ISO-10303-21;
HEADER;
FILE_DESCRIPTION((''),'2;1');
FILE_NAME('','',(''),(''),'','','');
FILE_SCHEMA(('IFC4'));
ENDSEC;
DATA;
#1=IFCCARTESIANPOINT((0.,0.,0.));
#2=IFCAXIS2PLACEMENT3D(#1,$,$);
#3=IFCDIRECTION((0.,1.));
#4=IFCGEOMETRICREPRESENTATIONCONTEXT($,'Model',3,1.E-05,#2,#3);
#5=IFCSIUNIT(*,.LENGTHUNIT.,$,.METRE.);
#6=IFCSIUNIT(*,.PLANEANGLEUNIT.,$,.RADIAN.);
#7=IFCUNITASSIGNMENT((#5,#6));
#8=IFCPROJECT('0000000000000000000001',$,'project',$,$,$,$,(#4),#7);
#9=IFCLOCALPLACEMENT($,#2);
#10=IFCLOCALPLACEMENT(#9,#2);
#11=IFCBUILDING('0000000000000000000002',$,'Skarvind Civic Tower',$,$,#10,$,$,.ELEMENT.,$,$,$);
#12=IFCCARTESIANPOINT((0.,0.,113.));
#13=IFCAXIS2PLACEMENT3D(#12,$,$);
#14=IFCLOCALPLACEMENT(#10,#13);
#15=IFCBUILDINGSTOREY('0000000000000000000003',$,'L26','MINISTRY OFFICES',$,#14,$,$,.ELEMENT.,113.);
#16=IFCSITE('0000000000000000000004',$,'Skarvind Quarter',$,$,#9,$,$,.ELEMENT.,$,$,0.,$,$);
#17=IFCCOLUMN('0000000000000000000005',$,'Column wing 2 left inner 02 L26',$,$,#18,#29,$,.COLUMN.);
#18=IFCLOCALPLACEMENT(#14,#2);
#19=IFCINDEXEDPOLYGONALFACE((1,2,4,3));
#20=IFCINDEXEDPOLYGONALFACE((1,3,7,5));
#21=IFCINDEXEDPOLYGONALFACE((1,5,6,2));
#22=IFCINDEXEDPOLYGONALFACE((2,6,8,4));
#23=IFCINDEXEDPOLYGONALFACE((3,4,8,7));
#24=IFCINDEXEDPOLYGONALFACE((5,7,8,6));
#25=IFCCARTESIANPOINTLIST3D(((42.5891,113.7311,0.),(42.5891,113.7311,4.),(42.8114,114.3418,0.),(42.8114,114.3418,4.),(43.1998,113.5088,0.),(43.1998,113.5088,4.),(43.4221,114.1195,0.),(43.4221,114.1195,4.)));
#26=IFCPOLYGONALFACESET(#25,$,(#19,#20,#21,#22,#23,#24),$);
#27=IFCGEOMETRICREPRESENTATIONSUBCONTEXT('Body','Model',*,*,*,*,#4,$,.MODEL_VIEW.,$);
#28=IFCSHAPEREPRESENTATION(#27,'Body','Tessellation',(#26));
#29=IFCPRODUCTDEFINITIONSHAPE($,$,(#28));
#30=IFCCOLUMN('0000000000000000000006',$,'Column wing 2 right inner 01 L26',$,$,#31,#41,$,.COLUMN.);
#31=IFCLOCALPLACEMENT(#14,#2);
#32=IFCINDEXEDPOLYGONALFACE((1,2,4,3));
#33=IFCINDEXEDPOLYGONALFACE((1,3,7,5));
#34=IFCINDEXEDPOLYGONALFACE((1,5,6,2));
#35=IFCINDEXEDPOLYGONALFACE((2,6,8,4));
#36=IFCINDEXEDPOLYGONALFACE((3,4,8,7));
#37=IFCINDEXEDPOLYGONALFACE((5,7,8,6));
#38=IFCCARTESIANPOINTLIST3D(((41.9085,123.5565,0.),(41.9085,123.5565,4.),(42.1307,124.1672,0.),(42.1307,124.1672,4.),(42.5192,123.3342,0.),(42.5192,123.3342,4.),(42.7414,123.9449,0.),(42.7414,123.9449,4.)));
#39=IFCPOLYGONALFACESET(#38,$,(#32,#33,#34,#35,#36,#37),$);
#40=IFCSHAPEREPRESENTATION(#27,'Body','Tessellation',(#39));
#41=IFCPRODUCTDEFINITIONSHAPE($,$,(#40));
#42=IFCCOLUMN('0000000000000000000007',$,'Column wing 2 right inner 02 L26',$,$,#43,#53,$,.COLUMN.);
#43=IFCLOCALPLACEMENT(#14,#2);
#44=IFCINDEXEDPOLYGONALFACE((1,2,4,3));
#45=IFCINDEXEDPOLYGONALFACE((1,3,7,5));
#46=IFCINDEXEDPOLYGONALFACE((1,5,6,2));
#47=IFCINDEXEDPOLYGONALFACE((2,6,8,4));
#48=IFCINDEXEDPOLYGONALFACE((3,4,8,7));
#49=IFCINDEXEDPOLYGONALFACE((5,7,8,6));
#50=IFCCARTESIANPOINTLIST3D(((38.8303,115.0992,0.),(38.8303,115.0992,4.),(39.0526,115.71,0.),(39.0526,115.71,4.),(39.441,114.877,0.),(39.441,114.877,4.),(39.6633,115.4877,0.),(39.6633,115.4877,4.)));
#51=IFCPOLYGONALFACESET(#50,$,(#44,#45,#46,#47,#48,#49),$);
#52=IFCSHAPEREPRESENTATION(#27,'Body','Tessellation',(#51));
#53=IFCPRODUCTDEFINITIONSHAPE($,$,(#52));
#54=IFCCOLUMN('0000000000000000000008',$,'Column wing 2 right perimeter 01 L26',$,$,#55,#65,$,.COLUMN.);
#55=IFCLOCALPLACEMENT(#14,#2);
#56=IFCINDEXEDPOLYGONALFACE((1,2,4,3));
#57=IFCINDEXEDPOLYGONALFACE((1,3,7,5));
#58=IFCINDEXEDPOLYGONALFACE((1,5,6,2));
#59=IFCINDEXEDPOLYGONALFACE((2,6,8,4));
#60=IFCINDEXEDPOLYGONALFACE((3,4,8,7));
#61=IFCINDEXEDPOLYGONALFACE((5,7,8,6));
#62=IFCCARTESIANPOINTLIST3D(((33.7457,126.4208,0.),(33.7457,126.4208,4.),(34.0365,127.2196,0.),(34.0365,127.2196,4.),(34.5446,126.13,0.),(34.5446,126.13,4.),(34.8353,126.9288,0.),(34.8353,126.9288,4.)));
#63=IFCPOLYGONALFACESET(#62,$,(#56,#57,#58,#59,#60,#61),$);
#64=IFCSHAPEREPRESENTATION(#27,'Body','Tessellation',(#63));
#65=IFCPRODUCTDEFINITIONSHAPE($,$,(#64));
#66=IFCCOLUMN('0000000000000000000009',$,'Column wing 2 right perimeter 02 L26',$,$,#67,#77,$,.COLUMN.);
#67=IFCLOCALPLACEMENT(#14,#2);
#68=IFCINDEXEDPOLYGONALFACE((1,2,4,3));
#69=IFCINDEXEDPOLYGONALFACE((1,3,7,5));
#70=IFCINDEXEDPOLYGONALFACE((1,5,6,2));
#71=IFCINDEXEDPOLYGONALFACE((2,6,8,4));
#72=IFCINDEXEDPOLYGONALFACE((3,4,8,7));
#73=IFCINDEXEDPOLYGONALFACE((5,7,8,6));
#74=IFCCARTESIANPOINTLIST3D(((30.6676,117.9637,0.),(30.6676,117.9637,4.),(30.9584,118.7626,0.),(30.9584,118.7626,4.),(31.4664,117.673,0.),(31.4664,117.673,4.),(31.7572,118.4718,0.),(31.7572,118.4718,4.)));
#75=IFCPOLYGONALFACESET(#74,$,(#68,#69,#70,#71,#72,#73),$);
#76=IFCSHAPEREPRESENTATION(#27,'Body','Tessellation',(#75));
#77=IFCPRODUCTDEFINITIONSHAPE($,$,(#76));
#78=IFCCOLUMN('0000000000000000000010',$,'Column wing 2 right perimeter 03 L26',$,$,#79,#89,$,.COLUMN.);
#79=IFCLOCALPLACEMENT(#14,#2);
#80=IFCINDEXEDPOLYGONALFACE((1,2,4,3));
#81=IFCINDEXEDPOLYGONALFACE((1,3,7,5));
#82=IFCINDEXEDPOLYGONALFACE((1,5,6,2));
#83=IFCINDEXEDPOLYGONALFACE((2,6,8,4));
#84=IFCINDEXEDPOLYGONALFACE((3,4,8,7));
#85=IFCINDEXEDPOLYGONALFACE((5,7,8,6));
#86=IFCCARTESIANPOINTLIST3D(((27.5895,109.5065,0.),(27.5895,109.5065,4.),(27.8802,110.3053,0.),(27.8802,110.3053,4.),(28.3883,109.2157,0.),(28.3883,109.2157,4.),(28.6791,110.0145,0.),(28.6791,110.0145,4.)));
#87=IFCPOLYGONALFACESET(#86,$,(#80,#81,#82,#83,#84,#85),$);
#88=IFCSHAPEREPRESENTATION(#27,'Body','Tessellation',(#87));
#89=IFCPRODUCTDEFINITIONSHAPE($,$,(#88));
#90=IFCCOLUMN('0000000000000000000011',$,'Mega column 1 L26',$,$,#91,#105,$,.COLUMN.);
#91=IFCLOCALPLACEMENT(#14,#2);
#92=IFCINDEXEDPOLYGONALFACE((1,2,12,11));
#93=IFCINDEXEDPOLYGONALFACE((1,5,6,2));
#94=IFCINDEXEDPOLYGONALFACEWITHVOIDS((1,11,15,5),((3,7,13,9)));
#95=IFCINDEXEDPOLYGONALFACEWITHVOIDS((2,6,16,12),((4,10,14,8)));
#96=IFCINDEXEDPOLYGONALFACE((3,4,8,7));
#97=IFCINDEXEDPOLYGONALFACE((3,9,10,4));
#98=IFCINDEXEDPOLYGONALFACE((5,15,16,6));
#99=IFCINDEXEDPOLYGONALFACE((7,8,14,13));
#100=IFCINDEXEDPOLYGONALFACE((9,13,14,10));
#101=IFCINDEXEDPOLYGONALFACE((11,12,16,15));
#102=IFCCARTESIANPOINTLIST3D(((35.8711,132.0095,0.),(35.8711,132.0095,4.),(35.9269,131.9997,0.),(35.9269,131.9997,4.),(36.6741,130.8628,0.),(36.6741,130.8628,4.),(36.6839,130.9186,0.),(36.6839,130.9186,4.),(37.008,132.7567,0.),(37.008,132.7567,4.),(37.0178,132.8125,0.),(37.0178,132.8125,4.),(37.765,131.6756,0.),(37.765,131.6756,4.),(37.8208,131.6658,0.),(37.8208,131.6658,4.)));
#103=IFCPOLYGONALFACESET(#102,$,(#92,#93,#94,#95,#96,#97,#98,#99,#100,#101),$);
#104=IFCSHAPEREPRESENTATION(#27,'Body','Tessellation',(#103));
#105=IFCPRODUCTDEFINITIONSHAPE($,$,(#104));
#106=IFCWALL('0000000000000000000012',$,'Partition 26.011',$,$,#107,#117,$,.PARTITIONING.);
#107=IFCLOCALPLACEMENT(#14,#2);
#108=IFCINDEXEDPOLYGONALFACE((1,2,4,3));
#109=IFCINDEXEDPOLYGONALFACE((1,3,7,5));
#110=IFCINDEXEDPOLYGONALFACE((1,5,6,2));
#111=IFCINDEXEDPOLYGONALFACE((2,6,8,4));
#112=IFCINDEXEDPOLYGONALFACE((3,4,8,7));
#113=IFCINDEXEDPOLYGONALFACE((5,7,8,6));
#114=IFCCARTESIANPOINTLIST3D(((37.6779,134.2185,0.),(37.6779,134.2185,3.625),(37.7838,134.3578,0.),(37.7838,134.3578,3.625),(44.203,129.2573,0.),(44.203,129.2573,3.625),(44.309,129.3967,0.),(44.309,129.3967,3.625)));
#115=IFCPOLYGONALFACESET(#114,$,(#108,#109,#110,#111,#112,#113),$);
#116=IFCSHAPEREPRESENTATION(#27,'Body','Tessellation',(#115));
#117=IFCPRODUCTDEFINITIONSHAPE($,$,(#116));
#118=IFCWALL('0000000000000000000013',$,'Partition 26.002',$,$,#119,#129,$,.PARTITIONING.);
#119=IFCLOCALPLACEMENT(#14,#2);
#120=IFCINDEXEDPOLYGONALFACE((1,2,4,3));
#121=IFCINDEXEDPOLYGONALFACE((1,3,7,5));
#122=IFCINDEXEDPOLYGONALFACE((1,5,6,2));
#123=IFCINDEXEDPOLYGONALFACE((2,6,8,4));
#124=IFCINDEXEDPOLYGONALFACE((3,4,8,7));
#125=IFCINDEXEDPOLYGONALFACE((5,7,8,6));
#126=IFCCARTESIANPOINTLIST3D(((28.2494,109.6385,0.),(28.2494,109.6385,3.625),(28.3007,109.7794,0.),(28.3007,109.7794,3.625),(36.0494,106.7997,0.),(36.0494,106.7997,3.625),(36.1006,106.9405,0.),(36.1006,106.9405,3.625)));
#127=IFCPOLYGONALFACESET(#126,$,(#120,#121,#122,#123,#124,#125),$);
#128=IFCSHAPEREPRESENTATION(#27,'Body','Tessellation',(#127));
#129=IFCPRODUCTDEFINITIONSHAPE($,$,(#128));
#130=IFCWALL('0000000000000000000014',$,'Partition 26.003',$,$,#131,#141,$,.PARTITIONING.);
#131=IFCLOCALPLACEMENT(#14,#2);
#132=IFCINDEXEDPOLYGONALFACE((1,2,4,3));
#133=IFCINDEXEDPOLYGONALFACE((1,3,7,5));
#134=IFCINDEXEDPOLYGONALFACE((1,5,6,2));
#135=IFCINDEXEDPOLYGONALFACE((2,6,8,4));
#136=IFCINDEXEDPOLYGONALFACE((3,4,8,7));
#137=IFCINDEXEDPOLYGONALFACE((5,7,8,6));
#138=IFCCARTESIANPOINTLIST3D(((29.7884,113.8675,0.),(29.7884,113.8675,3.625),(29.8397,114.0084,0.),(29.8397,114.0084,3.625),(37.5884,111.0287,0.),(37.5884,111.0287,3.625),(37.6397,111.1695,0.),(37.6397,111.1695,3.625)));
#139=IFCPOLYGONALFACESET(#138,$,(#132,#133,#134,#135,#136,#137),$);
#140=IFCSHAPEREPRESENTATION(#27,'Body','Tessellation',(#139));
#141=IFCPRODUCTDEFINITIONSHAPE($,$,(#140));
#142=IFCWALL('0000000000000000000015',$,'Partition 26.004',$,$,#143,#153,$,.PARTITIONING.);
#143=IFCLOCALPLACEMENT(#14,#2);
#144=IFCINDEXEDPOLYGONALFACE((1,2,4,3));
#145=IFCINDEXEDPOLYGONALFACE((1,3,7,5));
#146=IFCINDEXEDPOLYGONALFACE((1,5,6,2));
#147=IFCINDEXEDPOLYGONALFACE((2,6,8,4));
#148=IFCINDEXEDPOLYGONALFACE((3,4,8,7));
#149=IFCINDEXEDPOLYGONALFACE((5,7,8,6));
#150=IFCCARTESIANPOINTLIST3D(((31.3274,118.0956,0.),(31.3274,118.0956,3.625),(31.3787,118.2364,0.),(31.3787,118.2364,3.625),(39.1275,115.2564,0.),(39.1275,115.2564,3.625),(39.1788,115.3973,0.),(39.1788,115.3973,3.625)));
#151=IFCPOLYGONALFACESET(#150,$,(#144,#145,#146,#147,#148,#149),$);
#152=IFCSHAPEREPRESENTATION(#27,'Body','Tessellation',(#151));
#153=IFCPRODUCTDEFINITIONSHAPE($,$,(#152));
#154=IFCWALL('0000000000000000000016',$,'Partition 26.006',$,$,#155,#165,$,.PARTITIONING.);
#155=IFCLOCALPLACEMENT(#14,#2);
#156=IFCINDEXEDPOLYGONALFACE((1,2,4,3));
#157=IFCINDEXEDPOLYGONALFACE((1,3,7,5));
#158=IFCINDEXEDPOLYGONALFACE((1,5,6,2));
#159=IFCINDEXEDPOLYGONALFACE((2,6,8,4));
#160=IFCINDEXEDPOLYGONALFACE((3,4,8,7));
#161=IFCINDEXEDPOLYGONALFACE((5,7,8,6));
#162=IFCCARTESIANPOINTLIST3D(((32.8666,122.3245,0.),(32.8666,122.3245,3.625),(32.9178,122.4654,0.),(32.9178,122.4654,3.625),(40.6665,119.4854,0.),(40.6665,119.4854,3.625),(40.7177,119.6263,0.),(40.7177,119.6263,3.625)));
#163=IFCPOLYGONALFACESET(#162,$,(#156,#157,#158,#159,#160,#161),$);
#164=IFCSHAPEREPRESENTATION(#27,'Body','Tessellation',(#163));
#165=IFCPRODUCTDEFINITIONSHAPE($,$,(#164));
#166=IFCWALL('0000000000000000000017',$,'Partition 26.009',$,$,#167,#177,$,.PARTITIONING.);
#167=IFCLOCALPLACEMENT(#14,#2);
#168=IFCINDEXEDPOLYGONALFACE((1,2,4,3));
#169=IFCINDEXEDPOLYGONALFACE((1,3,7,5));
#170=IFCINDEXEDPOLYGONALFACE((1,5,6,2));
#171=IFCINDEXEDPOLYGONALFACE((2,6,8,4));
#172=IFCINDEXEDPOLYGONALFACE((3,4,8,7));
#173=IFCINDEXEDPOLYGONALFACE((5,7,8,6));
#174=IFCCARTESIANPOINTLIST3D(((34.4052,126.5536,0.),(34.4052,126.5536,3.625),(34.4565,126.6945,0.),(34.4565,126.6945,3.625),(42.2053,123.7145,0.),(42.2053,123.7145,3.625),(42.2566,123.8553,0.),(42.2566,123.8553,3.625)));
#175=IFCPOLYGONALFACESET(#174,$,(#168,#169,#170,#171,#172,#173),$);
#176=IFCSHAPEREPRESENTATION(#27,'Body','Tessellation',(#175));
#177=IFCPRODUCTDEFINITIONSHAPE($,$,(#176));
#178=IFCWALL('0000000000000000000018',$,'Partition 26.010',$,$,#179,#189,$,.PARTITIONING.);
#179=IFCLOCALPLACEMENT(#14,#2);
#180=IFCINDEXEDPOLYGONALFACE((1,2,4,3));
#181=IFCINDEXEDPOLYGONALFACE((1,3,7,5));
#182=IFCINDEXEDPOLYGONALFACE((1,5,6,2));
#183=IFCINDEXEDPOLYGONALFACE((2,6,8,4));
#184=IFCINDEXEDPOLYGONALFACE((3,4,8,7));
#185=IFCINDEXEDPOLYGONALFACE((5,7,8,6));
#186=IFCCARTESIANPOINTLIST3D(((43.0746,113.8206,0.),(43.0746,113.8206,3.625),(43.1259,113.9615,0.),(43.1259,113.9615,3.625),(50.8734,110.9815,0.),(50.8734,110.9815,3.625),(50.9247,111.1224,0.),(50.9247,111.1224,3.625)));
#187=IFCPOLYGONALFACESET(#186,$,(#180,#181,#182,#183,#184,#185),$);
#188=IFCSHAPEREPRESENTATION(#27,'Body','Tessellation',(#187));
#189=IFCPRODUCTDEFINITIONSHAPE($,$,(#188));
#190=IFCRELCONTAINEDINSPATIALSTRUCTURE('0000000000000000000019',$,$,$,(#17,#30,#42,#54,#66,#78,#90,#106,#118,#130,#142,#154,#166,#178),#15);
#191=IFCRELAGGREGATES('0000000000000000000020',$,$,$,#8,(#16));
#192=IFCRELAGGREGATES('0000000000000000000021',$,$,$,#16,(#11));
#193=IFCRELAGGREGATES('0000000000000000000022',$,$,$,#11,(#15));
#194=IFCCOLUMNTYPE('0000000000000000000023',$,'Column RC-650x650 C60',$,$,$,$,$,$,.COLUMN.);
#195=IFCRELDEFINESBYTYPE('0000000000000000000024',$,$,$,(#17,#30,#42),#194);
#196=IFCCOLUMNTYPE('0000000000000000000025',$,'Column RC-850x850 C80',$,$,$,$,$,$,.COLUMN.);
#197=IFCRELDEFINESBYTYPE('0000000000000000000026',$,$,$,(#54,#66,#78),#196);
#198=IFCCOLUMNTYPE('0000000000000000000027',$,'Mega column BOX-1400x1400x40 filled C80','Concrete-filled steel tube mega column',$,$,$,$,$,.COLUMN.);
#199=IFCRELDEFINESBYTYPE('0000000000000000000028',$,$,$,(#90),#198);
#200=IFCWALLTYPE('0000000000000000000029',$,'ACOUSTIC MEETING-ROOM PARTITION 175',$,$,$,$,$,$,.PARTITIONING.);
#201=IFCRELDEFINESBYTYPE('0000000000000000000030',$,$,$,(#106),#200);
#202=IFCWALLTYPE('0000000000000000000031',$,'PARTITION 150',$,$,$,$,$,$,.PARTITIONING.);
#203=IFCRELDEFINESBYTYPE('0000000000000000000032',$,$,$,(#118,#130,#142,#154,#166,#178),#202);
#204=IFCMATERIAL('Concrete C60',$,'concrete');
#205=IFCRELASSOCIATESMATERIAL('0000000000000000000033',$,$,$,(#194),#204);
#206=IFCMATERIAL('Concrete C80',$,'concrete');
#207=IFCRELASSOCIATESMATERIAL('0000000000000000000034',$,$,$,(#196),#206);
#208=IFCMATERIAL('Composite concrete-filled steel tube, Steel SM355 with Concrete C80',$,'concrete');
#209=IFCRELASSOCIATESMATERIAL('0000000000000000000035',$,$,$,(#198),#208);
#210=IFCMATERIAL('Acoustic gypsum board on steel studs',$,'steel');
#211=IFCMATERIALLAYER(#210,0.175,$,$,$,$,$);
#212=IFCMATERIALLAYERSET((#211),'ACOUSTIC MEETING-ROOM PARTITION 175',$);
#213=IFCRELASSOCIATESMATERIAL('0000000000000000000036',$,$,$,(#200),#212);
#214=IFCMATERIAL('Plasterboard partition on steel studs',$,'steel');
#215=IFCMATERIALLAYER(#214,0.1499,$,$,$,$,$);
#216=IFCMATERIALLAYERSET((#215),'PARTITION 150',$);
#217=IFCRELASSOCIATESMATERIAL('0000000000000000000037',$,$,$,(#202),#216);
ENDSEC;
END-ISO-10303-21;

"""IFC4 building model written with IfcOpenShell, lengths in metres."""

from ifc_helpers import new_model, si_unit, direction, frame, frame_2d, origin, origin_2d, place, context, subcontext, project, spatial, rectangle, hollow_rectangle, extrude, material, layer, layer_set, material_profile, profile_set, type_object, element, save


model = new_model("IFC4")

# Units and contexts
model_context = context("Model", 3, precision=1e-05, world=origin(), true_north=direction((0.0, 1.0)))
body_context = subcontext(model_context, "Body", "Model", "MODEL_VIEW")
ifc_project = project(units=[si_unit("LENGTHUNIT", "METRE"), si_unit("PLANEANGLEUNIT", "RADIAN")], contexts=[model_context])

# Site, building, storey
site_placement = place(None, origin())
site = spatial("IfcSite", under=ifc_project, at=site_placement, Name="Skarvind Quarter", CompositionType="ELEMENT", RefElevation=0.0)
building_placement = place(site_placement, origin())
building = spatial("IfcBuilding", under=site, at=building_placement, Name="Skarvind Civic Tower", CompositionType="ELEMENT")
storey_placement = place(building_placement, frame((0.0, 0.0, 113.0)))
storey = spatial("IfcBuildingStorey", under=building, at=storey_placement, Name="L26", Description="MINISTRY OFFICES", CompositionType="ELEMENT", Elevation=113.0)

# Columns
ifc_material_1 = material(Name="Concrete C60", Category="concrete")
ifc_material_profile_1 = material_profile(ifc_material_1, rectangle(XDim=0.6499, YDim=0.6499, at=origin_2d()), Name="RC-650x650")
ifc_profile_set_1 = profile_set([ifc_material_profile_1], Name="Concrete C60")
column_type_1 = type_object("IfcColumnType", Name="Column RC-650x650 C60", PredefinedType="COLUMN", material=ifc_profile_set_1)
for number, where, z_axis, x_axis, name in (
    (1, (43.0056, 113.9253, 0.0), (0.0, 0.0, 1.0), (-0.34202, -0.939693, 0.0), "Column wing 2 left inner 02 L26"),
    (2, (42.325, 123.7507, 0.0), (0.0, 0.0, 1.0), (-0.34202, -0.939693, 0.0), "Column wing 2 right inner 01 L26"),
    (3, (39.2468, 115.2935, 0.0), (0.0, 0.0, 1.0), (-0.34202, -0.939693, 0.0), "Column wing 2 right inner 02 L26"),
):
    element("IfcColumn", number, at=place(storey_placement, frame(where, z_axis=z_axis, x_axis=x_axis)), inside=storey, type_object=column_type_1, Name=name, PredefinedType="COLUMN", context=body_context, shape_type="SweptSolid", body=[
        extrude(rectangle(XDim=0.6499, YDim=0.6499, at=origin_2d()), origin(), (0.0, 0.0, 1.0), 4.0),
    ])
ifc_material_2 = material(Name="Concrete C80", Category="concrete")
ifc_material_profile_2 = material_profile(ifc_material_2, rectangle(XDim=0.8501, YDim=0.8501, at=origin_2d()), Name="RC-850x850")
ifc_profile_set_2 = profile_set([ifc_material_profile_2], Name="Concrete C80")
column_type_2 = type_object("IfcColumnType", Name="Column RC-850x850 C80", PredefinedType="COLUMN", material=ifc_profile_set_2)
for number, where, z_axis, x_axis, name in (
    (4, (34.2905, 126.6748, 0.0), (0.0, 0.0, 1.0), (-0.34202, -0.939693, 0.0), "Column wing 2 right perimeter 01 L26"),
    (5, (31.2124, 118.2178, 0.0), (0.0, 0.0, 1.0), (-0.34202, -0.939693, 0.0), "Column wing 2 right perimeter 02 L26"),
    (6, (28.1343, 109.7605, 0.0), (0.0, 0.0, 1.0), (-0.34202, -0.939693, 0.0), "Column wing 2 right perimeter 03 L26"),
):
    element("IfcColumn", number, at=place(storey_placement, frame(where, z_axis=z_axis, x_axis=x_axis)), inside=storey, type_object=column_type_2, Name=name, PredefinedType="COLUMN", context=body_context, shape_type="SweptSolid", body=[
        extrude(rectangle(XDim=0.8501, YDim=0.8501, at=origin_2d()), origin(), (0.0, 0.0, 1.0), 4.0),
    ])
ifc_material_3 = material(Name="Composite concrete-filled steel tube, Steel SM355 with Concrete C80", Category="concrete")
ifc_material_profile_3 = material_profile(ifc_material_3, hollow_rectangle(XDim=1.3999, YDim=1.3999, WallThickness=0.04, at=origin_2d()), Name="BOX-1400x1400x40")
ifc_profile_set_3 = profile_set([ifc_material_profile_3], Name="Composite concrete-filled steel tube, Steel SM355 with Concrete C80")
column_type_3 = type_object("IfcColumnType", Name="Mega column BOX-1400x1400x40 filled C80", Description="Concrete-filled steel tube mega column", PredefinedType="COLUMN", material=ifc_profile_set_3)
column_placement = place(storey_placement, frame((36.8459, 131.8376, 0.0), z_axis=(0.0, 0.0, 1.0), x_axis=(0.573576, -0.819152, 0.0)))
element("IfcColumn", 7, at=column_placement, inside=storey, type_object=column_type_3, Name="Mega column 1 L26", PredefinedType="COLUMN", context=body_context, shape_type="SweptSolid", body=[
    extrude(hollow_rectangle(XDim=1.3999, YDim=1.3999, WallThickness=0.04, at=origin_2d()), origin(), (0.0, 0.0, 1.0), 4.0),
])

# Walls
ifc_material_4 = material(Name="Acoustic gypsum board on steel studs", Category="steel")
ifc_layer_1 = layer(ifc_material_4, 0.175)
ifc_layer_set_1 = layer_set([ifc_layer_1], Name="ACOUSTIC MEETING-ROOM PARTITION 175")
wall_type_1 = type_object("IfcWallType", Name="ACOUSTIC MEETING-ROOM PARTITION 175", PredefinedType="PARTITIONING", material=ifc_layer_set_1)
wall_1_placement = place(storey_placement, frame((44.2561, 129.3269, 0.0), z_axis=(0.0, 0.0, 1.0), x_axis=(-0.796041, 0.605243, 0.0)))
element("IfcWall", 8, at=wall_1_placement, inside=storey, type_object=wall_type_1, Name="Partition 26.011", PredefinedType="PARTITIONING", context=body_context, shape_type="SweptSolid", body=[
    extrude(rectangle(XDim=8.197, YDim=0.175, at=frame_2d((4.0986, 0.0))), origin(), (0.0, 0.0, 1.0), 3.625),
])
ifc_material_5 = material(Name="Plasterboard partition on steel studs", Category="steel")
ifc_layer_2 = layer(ifc_material_5, 0.1499)
ifc_layer_set_2 = layer_set([ifc_layer_2], Name="PARTITION 150")
wall_type_2 = type_object("IfcWallType", Name="PARTITION 150", PredefinedType="PARTITIONING", material=ifc_layer_set_2)
for number, where, z_axis, x_axis, name in (
    (9, (28.2749, 109.709, 0.0), (0.0, 0.0, 1.0), (0.939697, -0.342008, 0.0), "Partition 26.002"),
    (10, (29.814, 113.938, 0.0), (0.0, 0.0, 1.0), (0.939697, -0.342008, 0.0), "Partition 26.003"),
):
    element("IfcWall", number, at=place(storey_placement, frame(where, z_axis=z_axis, x_axis=x_axis)), inside=storey, type_object=wall_type_2, Name=name, PredefinedType="PARTITIONING", context=body_context, shape_type="SweptSolid", body=[
        extrude(rectangle(XDim=8.3005, YDim=0.1499, at=frame_2d((4.1504, 0.0))), origin(), (0.0, 0.0, 1.0), 3.625),
    ])
wall_2_placement = place(storey_placement, frame((31.353, 118.166, 0.0), z_axis=(0.0, 0.0, 1.0), x_axis=(0.939688, -0.342034, 0.0)))
element("IfcWall", 11, at=wall_2_placement, inside=storey, type_object=wall_type_2, Name="Partition 26.004", PredefinedType="PARTITIONING", context=body_context, shape_type="SweptSolid", body=[
    extrude(rectangle(XDim=8.3008, YDim=0.1499, at=frame_2d((4.1504, 0.0))), origin(), (0.0, 0.0, 1.0), 3.625),
])
wall_3_placement = place(storey_placement, frame((32.8921, 122.395, 0.0), z_axis=(0.0, 0.0, 1.0), x_axis=(0.939684, -0.342043, 0.0)))
element("IfcWall", 12, at=wall_3_placement, inside=storey, type_object=wall_type_2, Name="Partition 26.006", PredefinedType="PARTITIONING", context=body_context, shape_type="SweptSolid", body=[
    extrude(rectangle(XDim=8.3005, YDim=0.1499, at=frame_2d((4.1504, 0.0))), origin(), (0.0, 0.0, 1.0), 3.625),
])
wall_4_placement = place(storey_placement, frame((42.231, 123.7849, 0.0), z_axis=(0.0, 0.0, 1.0), x_axis=(-0.939688, 0.342034, 0.0)))
element("IfcWall", 13, at=wall_4_placement, inside=storey, type_object=wall_type_2, Name="Partition 26.009", PredefinedType="PARTITIONING", context=body_context, shape_type="SweptSolid", body=[
    extrude(rectangle(XDim=8.3008, YDim=0.1499, at=frame_2d((4.1504, 0.0))), origin(), (0.0, 0.0, 1.0), 3.625),
])
wall_5_placement = place(storey_placement, frame((43.1001, 113.8911, 0.0), z_axis=(0.0, 0.0, 1.0), x_axis=(0.939671, -0.342081, 0.0)))
element("IfcWall", 14, at=wall_5_placement, inside=storey, type_object=wall_type_2, Name="Partition 26.010", PredefinedType="PARTITIONING", context=body_context, shape_type="SweptSolid", body=[
    extrude(rectangle(XDim=8.2996, YDim=0.1499, at=frame_2d((4.1499, 0.0))), origin(), (0.0, 0.0, 1.0), 3.625),
])

save(model, "model.ifc")
